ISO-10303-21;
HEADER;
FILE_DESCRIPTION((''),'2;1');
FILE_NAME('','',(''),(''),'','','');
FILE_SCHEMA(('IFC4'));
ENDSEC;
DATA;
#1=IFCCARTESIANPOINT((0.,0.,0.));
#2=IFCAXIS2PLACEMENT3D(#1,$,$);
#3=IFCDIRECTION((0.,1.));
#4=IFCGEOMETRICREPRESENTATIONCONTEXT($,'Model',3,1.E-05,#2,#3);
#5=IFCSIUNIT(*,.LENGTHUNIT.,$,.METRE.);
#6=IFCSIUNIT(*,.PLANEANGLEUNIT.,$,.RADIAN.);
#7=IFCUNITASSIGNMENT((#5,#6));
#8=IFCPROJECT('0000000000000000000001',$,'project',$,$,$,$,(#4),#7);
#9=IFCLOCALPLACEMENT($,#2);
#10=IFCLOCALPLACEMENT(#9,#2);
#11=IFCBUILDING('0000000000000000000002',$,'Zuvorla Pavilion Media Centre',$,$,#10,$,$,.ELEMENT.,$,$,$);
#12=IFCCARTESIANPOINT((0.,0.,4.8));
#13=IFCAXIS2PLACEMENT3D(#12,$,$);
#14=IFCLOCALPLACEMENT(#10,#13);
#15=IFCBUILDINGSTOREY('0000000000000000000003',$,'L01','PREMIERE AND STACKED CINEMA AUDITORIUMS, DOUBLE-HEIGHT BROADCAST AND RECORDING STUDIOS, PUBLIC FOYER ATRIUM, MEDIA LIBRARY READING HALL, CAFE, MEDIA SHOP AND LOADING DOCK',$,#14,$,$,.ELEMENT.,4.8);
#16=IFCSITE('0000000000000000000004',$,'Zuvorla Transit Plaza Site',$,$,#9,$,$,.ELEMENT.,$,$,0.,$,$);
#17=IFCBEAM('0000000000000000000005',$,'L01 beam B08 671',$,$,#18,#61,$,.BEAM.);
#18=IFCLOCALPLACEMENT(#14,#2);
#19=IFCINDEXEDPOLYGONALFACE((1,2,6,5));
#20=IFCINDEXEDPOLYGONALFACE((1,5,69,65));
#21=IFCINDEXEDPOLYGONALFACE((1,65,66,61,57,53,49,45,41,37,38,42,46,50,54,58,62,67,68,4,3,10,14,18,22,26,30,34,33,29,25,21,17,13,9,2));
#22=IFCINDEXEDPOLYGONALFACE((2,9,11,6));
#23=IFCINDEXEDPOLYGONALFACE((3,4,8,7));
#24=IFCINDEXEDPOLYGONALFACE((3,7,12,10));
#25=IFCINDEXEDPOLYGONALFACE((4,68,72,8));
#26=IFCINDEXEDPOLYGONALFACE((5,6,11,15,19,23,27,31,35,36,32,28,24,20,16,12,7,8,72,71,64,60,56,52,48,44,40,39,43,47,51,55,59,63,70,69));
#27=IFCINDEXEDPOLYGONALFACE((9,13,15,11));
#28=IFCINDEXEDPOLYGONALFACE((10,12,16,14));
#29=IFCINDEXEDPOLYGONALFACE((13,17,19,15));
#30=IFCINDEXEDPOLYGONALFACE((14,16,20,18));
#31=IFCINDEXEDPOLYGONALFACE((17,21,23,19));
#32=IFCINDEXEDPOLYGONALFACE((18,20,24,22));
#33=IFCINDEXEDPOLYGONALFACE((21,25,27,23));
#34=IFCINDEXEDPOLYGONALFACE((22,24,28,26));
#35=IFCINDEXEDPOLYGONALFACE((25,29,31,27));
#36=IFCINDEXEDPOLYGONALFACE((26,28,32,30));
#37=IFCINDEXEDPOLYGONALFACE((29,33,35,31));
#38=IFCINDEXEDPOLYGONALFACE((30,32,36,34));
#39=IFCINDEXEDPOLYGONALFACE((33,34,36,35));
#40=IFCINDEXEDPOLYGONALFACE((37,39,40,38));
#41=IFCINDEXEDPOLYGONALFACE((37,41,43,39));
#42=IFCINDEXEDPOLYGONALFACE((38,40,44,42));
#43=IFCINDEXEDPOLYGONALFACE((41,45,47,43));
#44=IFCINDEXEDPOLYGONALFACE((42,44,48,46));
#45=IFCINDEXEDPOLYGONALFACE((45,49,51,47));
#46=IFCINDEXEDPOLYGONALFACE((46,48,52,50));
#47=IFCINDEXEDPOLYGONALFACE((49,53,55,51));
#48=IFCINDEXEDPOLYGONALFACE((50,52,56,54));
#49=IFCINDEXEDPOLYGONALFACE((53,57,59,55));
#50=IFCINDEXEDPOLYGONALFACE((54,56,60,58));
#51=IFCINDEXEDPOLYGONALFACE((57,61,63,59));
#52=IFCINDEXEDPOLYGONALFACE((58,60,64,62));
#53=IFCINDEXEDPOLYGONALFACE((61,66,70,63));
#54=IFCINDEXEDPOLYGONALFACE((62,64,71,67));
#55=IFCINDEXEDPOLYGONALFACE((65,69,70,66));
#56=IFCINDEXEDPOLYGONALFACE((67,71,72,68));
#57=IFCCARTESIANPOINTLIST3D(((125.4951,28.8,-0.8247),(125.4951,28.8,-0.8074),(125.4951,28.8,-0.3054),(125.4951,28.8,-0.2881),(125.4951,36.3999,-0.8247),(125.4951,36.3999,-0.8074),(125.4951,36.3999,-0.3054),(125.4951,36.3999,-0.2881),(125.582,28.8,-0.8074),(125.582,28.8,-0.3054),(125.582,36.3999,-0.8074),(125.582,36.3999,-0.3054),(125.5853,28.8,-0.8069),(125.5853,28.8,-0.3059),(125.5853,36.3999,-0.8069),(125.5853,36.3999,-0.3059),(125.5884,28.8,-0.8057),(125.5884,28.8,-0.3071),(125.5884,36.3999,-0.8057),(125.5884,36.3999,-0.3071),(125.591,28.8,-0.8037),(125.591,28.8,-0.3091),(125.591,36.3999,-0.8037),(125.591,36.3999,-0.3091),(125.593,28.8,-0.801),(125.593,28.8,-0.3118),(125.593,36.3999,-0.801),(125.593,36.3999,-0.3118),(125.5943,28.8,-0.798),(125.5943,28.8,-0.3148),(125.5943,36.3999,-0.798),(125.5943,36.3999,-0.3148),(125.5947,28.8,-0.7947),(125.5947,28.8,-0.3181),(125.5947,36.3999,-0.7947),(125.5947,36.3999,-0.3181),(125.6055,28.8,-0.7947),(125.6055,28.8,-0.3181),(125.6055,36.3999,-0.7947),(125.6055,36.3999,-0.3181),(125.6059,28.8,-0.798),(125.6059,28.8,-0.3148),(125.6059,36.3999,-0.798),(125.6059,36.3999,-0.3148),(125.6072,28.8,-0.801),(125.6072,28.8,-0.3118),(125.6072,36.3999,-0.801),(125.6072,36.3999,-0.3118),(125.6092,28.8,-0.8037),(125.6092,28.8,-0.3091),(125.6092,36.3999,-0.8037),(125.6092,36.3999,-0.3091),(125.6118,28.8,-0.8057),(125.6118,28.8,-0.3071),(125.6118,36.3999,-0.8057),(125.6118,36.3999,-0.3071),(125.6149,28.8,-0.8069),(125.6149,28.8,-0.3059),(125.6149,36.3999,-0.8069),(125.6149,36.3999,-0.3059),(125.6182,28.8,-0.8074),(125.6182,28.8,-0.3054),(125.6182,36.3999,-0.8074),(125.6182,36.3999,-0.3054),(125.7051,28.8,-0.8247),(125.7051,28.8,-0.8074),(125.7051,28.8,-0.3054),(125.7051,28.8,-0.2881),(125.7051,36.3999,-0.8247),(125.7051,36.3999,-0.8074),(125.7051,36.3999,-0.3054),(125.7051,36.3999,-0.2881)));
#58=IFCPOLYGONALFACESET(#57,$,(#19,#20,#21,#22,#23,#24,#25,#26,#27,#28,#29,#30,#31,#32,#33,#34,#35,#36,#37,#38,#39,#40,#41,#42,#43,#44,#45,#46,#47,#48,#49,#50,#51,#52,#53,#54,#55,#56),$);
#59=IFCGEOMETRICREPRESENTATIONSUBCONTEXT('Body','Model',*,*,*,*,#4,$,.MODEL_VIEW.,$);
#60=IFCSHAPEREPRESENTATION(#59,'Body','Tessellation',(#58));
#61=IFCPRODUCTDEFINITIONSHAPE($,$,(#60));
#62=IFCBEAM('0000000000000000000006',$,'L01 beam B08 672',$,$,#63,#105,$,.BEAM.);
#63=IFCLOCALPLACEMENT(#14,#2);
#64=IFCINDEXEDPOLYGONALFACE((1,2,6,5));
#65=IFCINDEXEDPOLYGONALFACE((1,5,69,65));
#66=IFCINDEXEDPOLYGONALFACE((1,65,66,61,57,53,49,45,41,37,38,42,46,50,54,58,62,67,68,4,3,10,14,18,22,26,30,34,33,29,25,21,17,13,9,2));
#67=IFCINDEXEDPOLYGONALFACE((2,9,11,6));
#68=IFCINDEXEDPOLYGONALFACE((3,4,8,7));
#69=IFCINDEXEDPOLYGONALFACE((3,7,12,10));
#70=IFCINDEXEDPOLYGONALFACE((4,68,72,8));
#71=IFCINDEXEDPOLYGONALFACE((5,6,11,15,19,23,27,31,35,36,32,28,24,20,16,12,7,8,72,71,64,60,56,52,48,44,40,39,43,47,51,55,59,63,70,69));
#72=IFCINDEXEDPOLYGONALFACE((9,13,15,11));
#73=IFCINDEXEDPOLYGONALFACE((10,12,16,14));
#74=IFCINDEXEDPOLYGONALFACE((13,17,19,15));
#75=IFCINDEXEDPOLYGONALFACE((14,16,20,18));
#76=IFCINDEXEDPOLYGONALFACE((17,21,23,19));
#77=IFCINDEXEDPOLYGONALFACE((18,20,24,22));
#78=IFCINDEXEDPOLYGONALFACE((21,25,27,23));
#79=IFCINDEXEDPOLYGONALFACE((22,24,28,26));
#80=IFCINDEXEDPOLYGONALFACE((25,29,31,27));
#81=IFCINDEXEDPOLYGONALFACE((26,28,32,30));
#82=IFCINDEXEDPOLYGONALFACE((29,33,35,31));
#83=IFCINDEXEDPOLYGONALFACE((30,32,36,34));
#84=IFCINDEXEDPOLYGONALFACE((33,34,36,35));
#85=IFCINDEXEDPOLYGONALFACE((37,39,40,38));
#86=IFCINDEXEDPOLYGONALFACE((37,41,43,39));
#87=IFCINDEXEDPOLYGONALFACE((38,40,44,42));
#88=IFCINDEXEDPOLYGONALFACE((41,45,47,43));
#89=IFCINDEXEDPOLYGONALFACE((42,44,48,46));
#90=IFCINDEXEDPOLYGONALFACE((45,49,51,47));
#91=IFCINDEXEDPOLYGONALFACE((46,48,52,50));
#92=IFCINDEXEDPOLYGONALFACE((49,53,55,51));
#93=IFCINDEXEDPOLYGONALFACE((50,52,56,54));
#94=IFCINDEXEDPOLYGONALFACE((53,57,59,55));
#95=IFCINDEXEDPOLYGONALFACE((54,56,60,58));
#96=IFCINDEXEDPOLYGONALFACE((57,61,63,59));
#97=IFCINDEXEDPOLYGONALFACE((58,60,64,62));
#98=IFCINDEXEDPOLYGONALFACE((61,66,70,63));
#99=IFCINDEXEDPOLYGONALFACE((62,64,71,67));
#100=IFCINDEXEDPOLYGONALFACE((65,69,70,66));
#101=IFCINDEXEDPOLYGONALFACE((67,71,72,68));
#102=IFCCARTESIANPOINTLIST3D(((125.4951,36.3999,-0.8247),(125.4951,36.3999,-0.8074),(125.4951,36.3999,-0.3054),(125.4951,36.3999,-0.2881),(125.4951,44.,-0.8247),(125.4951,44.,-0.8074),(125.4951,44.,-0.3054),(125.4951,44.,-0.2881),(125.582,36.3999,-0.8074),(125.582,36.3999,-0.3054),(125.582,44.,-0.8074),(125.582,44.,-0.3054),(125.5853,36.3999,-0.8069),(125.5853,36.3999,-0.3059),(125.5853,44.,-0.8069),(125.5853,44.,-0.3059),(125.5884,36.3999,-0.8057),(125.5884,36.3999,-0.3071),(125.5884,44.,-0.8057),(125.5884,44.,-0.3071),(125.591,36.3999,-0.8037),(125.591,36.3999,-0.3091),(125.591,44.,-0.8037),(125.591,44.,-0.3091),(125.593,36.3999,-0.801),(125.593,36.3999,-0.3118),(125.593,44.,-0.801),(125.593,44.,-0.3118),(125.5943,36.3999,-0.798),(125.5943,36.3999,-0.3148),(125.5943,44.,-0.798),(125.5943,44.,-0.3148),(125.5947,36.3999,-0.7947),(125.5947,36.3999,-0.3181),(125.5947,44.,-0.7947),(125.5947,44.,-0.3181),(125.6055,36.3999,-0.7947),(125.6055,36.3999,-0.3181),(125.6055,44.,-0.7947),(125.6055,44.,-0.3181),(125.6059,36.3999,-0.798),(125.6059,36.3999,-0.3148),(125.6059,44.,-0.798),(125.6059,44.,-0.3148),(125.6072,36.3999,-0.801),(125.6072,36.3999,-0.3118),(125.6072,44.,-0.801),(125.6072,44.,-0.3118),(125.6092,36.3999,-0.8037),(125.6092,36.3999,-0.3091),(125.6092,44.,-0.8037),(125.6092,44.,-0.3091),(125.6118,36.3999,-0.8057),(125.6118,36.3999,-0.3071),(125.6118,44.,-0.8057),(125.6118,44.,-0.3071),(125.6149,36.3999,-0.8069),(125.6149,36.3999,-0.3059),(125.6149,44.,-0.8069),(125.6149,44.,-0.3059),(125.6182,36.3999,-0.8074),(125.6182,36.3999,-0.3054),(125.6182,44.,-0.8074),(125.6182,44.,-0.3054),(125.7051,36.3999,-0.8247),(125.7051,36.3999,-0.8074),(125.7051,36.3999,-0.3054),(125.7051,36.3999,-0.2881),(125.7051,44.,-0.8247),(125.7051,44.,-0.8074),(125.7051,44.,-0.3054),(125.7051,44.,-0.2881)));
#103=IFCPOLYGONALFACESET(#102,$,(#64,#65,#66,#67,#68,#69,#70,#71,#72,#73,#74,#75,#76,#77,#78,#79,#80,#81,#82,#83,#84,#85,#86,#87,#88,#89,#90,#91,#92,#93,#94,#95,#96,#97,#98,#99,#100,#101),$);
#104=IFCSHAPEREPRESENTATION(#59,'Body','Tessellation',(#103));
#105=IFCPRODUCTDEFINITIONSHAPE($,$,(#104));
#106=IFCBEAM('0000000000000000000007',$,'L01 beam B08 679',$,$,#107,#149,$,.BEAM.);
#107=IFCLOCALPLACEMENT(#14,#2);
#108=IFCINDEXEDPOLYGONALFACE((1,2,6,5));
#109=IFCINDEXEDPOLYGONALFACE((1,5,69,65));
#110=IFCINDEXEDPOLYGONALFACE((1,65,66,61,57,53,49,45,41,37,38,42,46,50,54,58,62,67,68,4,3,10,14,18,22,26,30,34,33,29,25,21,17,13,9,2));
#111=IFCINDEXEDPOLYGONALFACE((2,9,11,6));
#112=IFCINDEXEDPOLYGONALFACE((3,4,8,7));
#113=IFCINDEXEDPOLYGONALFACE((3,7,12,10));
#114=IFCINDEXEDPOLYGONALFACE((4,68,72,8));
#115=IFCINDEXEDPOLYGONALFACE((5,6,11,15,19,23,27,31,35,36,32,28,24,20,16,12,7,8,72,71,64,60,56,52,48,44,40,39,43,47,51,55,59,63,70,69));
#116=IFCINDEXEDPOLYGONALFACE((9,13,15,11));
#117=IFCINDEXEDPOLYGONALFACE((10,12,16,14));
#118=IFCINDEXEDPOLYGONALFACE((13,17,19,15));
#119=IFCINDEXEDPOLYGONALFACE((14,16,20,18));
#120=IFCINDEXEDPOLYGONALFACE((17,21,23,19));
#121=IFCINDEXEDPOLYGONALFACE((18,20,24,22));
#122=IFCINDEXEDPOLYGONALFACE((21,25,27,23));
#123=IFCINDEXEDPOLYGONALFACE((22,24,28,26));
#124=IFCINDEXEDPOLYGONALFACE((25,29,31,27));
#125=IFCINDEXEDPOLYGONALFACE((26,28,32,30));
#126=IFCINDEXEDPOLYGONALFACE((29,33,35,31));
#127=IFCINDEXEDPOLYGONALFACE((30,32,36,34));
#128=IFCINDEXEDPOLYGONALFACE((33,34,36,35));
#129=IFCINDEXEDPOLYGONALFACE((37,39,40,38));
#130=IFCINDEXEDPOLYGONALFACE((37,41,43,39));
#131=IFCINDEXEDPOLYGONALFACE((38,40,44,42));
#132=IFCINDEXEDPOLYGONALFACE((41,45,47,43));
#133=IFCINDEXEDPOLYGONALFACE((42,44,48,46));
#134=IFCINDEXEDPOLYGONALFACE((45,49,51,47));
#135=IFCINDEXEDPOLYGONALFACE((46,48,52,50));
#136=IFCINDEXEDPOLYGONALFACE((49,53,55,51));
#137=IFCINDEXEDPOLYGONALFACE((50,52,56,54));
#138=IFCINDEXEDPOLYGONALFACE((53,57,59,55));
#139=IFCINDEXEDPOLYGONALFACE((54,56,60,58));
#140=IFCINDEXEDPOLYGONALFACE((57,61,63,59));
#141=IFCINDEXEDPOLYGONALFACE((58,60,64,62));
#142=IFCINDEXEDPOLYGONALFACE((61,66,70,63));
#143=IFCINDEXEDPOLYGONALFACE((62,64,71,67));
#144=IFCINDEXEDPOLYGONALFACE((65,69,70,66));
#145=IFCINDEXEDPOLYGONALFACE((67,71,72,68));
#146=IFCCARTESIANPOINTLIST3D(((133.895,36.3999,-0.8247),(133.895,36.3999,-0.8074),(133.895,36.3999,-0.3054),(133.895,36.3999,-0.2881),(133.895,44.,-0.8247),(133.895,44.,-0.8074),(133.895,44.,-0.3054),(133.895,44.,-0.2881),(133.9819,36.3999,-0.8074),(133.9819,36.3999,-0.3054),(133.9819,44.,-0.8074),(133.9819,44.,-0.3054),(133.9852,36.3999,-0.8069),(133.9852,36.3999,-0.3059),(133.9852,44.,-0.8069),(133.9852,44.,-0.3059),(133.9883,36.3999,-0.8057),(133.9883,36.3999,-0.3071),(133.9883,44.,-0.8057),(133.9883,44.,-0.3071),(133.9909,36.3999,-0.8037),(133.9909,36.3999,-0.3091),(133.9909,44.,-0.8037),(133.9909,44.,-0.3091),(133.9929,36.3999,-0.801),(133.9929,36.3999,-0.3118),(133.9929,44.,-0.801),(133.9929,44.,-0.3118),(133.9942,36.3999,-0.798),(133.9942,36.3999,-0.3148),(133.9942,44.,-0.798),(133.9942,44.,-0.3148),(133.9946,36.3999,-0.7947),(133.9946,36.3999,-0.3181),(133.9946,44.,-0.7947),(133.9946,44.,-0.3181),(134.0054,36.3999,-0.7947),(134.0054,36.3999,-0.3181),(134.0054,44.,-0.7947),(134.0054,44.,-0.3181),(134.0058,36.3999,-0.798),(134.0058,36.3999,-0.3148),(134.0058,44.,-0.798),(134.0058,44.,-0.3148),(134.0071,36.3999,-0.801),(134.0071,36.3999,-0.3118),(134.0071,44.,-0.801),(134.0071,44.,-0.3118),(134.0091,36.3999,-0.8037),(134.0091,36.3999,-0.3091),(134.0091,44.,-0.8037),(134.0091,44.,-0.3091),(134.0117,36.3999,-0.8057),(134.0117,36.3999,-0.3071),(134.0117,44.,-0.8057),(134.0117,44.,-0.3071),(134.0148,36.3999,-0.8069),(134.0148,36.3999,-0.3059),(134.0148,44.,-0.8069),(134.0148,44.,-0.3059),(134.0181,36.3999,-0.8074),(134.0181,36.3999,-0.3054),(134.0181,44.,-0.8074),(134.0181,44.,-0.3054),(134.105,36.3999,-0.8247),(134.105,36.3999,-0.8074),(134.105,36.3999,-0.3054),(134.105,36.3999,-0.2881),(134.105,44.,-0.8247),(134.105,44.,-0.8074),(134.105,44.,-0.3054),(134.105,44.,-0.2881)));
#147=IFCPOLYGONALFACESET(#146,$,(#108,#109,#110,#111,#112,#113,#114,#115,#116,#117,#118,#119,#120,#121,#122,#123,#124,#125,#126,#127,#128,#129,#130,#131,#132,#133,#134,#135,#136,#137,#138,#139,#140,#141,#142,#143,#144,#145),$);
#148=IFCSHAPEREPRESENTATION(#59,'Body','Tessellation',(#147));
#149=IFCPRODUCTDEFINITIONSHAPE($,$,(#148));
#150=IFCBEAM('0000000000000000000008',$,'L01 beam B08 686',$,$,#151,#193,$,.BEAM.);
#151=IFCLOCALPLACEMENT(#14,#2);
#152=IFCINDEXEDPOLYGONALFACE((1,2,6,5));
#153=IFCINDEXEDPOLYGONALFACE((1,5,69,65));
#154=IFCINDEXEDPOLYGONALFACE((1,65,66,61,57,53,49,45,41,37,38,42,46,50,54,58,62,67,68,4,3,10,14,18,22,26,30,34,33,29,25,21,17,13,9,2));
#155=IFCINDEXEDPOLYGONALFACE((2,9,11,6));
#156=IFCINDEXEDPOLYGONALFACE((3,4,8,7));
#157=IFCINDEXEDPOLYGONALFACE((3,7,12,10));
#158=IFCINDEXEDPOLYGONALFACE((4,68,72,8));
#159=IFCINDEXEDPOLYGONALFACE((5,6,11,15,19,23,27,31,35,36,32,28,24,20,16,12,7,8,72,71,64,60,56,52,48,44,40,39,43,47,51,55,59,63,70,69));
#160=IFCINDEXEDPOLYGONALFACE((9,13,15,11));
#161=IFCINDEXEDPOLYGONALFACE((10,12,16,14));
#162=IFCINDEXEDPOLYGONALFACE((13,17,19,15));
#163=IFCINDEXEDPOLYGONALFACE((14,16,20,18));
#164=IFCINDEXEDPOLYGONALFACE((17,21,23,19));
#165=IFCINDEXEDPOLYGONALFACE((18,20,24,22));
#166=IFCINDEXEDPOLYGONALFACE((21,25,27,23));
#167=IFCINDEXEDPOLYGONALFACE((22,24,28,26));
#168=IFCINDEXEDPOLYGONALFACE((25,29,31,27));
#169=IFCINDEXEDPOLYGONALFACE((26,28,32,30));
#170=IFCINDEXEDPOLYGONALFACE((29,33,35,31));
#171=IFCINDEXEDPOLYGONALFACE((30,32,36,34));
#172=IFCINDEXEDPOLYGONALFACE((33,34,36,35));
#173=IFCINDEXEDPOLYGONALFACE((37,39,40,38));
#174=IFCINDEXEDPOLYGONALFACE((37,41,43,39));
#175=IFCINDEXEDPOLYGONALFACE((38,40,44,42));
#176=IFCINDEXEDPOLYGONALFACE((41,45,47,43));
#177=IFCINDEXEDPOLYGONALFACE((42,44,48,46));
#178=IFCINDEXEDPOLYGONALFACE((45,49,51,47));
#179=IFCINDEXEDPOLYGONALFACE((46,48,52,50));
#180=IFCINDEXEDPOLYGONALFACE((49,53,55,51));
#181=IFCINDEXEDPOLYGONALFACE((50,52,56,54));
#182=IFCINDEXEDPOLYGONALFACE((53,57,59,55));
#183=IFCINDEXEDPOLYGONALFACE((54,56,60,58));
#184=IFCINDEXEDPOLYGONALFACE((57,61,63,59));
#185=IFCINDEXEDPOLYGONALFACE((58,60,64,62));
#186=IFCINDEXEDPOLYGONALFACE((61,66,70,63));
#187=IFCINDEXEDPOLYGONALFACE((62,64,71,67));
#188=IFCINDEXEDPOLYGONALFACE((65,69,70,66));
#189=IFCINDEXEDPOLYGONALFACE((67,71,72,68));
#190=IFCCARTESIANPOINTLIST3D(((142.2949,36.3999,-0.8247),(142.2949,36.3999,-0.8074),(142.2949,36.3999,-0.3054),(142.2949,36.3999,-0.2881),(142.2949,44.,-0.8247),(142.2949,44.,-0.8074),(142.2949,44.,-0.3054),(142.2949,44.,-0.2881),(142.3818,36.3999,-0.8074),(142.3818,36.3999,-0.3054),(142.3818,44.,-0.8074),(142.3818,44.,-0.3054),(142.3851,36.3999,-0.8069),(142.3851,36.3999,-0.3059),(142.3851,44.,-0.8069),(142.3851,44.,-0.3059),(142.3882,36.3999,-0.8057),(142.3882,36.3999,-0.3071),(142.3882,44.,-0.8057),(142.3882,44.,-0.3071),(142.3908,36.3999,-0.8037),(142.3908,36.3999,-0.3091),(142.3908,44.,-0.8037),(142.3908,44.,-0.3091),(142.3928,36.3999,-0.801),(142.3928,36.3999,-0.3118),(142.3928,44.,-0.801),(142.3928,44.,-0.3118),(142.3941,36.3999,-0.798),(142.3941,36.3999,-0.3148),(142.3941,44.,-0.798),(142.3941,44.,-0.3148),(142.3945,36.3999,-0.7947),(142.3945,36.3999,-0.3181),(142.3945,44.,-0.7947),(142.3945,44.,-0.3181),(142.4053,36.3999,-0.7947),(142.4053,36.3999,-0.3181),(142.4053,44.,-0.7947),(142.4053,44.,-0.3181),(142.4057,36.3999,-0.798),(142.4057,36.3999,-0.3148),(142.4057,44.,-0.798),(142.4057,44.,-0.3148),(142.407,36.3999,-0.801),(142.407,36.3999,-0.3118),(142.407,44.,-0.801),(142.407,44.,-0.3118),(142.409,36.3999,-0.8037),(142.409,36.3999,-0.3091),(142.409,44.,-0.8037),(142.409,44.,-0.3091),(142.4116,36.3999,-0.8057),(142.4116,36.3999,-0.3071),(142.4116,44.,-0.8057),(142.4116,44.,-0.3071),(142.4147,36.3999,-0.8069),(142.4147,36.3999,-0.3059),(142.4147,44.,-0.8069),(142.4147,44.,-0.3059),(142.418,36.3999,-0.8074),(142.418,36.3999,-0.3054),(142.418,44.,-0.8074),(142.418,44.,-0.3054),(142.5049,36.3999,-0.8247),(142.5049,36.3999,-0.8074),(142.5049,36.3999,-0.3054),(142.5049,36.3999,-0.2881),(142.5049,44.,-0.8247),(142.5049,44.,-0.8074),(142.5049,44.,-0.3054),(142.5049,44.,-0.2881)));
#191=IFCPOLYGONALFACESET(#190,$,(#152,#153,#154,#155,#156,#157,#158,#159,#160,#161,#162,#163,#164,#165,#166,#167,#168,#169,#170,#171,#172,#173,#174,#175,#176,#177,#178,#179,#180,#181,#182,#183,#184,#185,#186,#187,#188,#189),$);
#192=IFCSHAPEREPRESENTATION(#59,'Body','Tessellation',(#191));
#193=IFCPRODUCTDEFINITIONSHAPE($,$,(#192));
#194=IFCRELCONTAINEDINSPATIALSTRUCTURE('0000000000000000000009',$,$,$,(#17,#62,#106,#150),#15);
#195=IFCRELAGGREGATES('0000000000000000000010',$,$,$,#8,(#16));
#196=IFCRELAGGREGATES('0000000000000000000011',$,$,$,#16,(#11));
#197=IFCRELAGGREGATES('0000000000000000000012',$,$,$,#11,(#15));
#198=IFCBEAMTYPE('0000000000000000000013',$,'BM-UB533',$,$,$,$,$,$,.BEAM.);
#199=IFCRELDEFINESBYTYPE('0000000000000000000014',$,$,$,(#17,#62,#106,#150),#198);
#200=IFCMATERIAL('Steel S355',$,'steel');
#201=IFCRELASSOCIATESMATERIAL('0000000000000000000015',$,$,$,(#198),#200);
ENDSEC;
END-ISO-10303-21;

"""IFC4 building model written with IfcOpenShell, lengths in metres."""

from ifc_helpers import new_model, si_unit, direction, frame, origin, origin_2d, place, context, subcontext, project, spatial, i_section, extrude, material, material_profile, profile_set, type_object, element, save


model = new_model("IFC4")

# Units and contexts
model_context = context("Model", 3, precision=1e-05, world=origin(), true_north=direction((0.0, 1.0)))
body_context = subcontext(model_context, "Body", "Model", "MODEL_VIEW")
ifc_project = project(units=[si_unit("LENGTHUNIT", "METRE"), si_unit("PLANEANGLEUNIT", "RADIAN")], contexts=[model_context])

# Site, building, storey
site_placement = place(None, origin())
site = spatial("IfcSite", under=ifc_project, at=site_placement, Name="Zuvorla Transit Plaza Site", CompositionType="ELEMENT", RefElevation=0.0)
building_placement = place(site_placement, origin())
building = spatial("IfcBuilding", under=site, at=building_placement, Name="Zuvorla Pavilion Media Centre", CompositionType="ELEMENT")
storey_placement = place(building_placement, frame((0.0, 0.0, 4.8)))
storey = spatial("IfcBuildingStorey", under=building, at=storey_placement, Name="L01", Description="PREMIERE AND STACKED CINEMA AUDITORIUMS, DOUBLE-HEIGHT BROADCAST AND RECORDING STUDIOS, PUBLIC FOYER ATRIUM, MEDIA LIBRARY READING HALL, CAFE, MEDIA SHOP AND LOADING DOCK", CompositionType="ELEMENT", Elevation=4.8)

# Shared definitions
ifc_material_1 = material(Name="Steel S355", Category="steel")

# Beams
ifc_material_profile_1 = material_profile(ifc_material_1, i_section(OverallWidth=0.21, OverallDepth=0.5366, WebThickness=0.0107, FlangeThickness=0.0173, FilletRadius=0.0127, at=origin_2d()), Name="UB 533x210x101")
ifc_profile_set_1 = profile_set([ifc_material_profile_1], Name="Steel S355")
beam_type_1 = type_object("IfcBeamType", Name="BM-UB533", PredefinedType="BEAM", material=ifc_profile_set_1)
beam_1_placement = place(storey_placement, frame((125.6001, 28.8, -0.5564), z_axis=(0.0, 1.0, 0.0), x_axis=(-1.0, 0.0, 0.0)))
element("IfcBeam", 1, at=beam_1_placement, inside=storey, type_object=beam_type_1, Name="L01 beam B08 671", PredefinedType="BEAM", context=body_context, shape_type="SweptSolid", body=[
    extrude(i_section(OverallWidth=0.21, OverallDepth=0.5366, WebThickness=0.0107, FlangeThickness=0.0173, FilletRadius=0.0127, at=origin_2d()), origin(), (0.0, 0.0, 1.0), 7.5999),
])
for number, where, z_axis, x_axis, name in (
    (2, (125.6001, 36.3999, -0.5564), (0.0, 1.0, 0.0), (-1.0, 0.0, 0.0), "L01 beam B08 672"),
    (3, (134.0, 36.3999, -0.5564), (0.0, 1.0, 0.0), (-1.0, 0.0, 0.0), "L01 beam B08 679"),
    (4, (142.3999, 36.3999, -0.5564), (0.0, 1.0, 0.0), (-1.0, 0.0, 0.0), "L01 beam B08 686"),
):
    element("IfcBeam", number, at=place(storey_placement, frame(where, z_axis=z_axis, x_axis=x_axis)), inside=storey, type_object=beam_type_1, Name=name, PredefinedType="BEAM", context=body_context, shape_type="SweptSolid", body=[
        extrude(i_section(OverallWidth=0.21, OverallDepth=0.5366, WebThickness=0.0107, FlangeThickness=0.0173, FilletRadius=0.0127, at=origin_2d()), origin(), (0.0, 0.0, 1.0), 7.6001),
    ])

save(model, "model.ifc")
